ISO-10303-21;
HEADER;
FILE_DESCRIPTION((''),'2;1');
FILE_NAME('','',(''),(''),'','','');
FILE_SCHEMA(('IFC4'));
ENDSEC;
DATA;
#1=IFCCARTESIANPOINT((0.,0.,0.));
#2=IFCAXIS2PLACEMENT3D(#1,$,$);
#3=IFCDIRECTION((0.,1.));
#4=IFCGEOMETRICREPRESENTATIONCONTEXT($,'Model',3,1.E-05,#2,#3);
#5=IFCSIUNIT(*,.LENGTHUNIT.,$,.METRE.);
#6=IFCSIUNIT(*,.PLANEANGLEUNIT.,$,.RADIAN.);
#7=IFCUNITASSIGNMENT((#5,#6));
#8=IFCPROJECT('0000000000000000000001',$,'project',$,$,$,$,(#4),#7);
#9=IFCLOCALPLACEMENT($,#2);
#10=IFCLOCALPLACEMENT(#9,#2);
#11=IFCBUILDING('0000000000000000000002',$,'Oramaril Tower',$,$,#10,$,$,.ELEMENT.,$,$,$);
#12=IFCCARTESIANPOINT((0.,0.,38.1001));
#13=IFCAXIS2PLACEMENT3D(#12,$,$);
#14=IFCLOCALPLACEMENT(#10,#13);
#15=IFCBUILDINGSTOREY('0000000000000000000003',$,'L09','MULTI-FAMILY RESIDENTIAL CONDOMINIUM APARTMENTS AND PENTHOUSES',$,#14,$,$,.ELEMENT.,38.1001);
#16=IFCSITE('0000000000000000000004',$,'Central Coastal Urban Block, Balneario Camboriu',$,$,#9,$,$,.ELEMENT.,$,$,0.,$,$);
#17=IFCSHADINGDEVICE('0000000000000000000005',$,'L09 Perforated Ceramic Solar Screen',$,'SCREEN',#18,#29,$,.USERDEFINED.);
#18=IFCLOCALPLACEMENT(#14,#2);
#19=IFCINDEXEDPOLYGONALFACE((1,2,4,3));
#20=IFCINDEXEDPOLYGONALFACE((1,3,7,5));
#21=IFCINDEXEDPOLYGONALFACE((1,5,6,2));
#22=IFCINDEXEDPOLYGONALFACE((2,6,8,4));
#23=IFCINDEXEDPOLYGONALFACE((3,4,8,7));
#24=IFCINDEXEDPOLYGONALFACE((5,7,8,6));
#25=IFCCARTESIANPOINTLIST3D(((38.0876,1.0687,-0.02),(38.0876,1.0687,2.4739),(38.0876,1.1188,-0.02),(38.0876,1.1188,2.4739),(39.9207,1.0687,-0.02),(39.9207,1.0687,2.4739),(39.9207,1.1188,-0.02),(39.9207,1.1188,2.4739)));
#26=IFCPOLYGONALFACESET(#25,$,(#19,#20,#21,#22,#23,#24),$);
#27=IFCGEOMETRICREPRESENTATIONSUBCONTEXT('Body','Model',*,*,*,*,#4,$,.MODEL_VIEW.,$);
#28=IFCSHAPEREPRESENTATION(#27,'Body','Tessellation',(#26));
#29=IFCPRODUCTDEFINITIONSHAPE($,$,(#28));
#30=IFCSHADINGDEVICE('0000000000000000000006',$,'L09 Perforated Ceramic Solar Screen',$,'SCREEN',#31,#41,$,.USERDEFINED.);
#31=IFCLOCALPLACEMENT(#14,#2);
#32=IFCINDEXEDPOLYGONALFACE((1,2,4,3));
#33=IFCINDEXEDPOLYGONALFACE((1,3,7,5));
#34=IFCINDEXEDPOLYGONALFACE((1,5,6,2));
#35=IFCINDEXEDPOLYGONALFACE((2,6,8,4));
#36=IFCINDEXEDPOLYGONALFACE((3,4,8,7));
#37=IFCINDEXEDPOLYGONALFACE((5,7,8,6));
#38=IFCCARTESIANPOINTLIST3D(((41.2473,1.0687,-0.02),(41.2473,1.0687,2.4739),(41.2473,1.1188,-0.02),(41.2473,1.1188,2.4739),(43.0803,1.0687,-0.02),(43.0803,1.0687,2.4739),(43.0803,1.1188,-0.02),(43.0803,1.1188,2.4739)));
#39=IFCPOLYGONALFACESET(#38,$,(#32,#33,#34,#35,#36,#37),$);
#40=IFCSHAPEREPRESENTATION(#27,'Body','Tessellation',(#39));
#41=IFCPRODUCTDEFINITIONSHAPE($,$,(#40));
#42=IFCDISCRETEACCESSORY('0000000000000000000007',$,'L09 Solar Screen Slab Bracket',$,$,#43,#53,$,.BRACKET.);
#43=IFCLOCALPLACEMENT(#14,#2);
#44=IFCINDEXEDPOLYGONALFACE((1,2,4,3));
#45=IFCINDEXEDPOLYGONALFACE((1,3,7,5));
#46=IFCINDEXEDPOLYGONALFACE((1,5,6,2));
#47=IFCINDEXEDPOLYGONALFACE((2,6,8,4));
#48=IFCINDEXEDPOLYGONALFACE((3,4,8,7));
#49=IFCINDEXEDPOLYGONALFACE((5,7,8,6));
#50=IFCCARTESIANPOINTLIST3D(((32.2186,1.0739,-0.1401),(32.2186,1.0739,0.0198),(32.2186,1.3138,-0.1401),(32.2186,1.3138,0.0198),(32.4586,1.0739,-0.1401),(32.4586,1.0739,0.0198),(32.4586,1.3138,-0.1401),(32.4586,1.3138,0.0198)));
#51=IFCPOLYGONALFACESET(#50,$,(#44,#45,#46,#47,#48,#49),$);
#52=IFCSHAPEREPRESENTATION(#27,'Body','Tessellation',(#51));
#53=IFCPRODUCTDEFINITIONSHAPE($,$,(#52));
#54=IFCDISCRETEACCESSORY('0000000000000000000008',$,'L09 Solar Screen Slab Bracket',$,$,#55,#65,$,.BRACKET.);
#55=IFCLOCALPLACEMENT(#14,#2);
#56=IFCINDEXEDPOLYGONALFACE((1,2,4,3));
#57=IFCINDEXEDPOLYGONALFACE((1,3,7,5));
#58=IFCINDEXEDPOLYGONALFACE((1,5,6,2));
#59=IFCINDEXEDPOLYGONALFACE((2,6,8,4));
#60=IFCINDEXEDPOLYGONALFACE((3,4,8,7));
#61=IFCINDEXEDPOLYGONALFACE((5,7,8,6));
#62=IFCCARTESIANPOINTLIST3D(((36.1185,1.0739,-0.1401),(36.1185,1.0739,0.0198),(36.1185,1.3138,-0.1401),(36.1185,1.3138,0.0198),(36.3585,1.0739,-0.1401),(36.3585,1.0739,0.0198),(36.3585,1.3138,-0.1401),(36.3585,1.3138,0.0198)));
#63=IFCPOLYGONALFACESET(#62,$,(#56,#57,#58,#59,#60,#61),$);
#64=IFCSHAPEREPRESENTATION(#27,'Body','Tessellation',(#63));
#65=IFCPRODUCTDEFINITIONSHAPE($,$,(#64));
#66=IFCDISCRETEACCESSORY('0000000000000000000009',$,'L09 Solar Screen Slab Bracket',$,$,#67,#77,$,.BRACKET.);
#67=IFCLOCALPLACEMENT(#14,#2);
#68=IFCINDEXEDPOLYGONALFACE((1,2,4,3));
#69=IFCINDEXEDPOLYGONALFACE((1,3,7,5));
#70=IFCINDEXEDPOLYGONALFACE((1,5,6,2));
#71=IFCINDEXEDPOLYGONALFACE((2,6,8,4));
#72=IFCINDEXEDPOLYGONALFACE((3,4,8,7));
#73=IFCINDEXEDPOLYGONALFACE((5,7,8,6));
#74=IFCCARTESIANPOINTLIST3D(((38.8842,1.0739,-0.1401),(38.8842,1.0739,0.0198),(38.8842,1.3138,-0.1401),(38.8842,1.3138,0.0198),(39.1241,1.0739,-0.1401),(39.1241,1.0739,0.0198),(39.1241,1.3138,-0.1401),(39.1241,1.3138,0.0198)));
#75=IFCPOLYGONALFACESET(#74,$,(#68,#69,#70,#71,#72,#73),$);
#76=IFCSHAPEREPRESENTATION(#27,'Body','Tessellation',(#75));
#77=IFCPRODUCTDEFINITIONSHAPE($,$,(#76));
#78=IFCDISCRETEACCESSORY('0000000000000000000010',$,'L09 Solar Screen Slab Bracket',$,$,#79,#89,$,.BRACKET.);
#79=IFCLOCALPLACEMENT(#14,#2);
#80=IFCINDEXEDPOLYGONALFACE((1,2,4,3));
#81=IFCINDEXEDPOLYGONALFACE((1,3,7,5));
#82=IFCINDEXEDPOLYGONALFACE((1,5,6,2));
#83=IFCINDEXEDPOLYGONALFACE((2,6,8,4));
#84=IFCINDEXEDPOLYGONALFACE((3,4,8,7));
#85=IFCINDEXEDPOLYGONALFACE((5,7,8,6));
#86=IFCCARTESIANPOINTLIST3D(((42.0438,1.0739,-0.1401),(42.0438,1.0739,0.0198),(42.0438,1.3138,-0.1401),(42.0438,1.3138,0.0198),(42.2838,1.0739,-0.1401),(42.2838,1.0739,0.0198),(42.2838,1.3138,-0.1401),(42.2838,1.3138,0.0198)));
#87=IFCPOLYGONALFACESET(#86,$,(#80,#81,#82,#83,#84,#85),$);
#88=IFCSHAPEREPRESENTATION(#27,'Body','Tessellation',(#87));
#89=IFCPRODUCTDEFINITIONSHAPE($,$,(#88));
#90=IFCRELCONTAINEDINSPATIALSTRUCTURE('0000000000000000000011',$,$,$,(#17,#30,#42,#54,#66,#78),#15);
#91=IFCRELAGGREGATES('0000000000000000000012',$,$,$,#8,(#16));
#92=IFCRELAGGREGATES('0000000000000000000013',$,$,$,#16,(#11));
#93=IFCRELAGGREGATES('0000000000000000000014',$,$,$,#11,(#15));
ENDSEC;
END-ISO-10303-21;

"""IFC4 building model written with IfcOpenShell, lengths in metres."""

from ifc_helpers import new_model, si_unit, direction, frame, origin, origin_2d, place, context, subcontext, project, spatial, rectangle, extrude, element, save


model = new_model("IFC4")

# Units and contexts
model_context = context("Model", 3, precision=1e-05, world=origin(), true_north=direction((0.0, 1.0)))
body_context = subcontext(model_context, "Body", "Model", "MODEL_VIEW")
ifc_project = project(units=[si_unit("LENGTHUNIT", "METRE"), si_unit("PLANEANGLEUNIT", "RADIAN")], contexts=[model_context])

# Site, building, storey
site_placement = place(None, origin())
site = spatial("IfcSite", under=ifc_project, at=site_placement, Name="Central Coastal Urban Block, Balneario Camboriu", CompositionType="ELEMENT", RefElevation=0.0)
building_placement = place(site_placement, origin())
building = spatial("IfcBuilding", under=site, at=building_placement, Name="Oramaril Tower", CompositionType="ELEMENT")
storey_placement = place(building_placement, frame((0.0, 0.0, 38.1001)))
storey = spatial("IfcBuildingStorey", under=building, at=storey_placement, Name="L09", Description="MULTI-FAMILY RESIDENTIAL CONDOMINIUM APARTMENTS AND PENTHOUSES", CompositionType="ELEMENT", Elevation=38.1001)

# Shading devices
for number, where, z_axis, x_axis, name in (
    (1, (39.0042, 1.0938, -0.02), (0.0, 0.0, 1.0), (1.0, 0.0, 0.0), "L09 Perforated Ceramic Solar Screen"),
    (2, (42.1638, 1.0938, -0.02), (0.0, 0.0, 1.0), (1.0, 0.0, 0.0), "L09 Perforated Ceramic Solar Screen"),
):
    element("IfcShadingDevice", number, at=place(storey_placement, frame(where, z_axis=z_axis, x_axis=x_axis)), inside=storey, Name=name, ObjectType="SCREEN", PredefinedType="USERDEFINED", context=body_context, shape_type="SweptSolid", body=[
        extrude(rectangle(XDim=1.833, YDim=0.05, at=origin_2d()), origin(), (0.0, 0.0, 1.0), 2.4939),
    ])

# Discrete accessories
for number, where, z_axis, x_axis, name in (
    (3, (32.3386, 1.1938, -0.1401), (0.0, 0.0, 1.0), (1.0, 0.0, 0.0), "L09 Solar Screen Slab Bracket"),
    (4, (36.2385, 1.1938, -0.1401), (0.0, 0.0, 1.0), (1.0, 0.0, 0.0), "L09 Solar Screen Slab Bracket"),
    (5, (39.0042, 1.1938, -0.1401), (0.0, 0.0, 1.0), (1.0, 0.0, 0.0), "L09 Solar Screen Slab Bracket"),
    (6, (42.1638, 1.1938, -0.1401), (0.0, 0.0, 1.0), (1.0, 0.0, 0.0), "L09 Solar Screen Slab Bracket"),
):
    element("IfcDiscreteAccessory", number, at=place(storey_placement, frame(where, z_axis=z_axis, x_axis=x_axis)), inside=storey, Name=name, PredefinedType="BRACKET", context=body_context, shape_type="SweptSolid", body=[
        extrude(rectangle(XDim=0.24, YDim=0.24, at=origin_2d()), origin(), (0.0, 0.0, 1.0), 0.1599),
    ])

save(model, "model.ifc")
